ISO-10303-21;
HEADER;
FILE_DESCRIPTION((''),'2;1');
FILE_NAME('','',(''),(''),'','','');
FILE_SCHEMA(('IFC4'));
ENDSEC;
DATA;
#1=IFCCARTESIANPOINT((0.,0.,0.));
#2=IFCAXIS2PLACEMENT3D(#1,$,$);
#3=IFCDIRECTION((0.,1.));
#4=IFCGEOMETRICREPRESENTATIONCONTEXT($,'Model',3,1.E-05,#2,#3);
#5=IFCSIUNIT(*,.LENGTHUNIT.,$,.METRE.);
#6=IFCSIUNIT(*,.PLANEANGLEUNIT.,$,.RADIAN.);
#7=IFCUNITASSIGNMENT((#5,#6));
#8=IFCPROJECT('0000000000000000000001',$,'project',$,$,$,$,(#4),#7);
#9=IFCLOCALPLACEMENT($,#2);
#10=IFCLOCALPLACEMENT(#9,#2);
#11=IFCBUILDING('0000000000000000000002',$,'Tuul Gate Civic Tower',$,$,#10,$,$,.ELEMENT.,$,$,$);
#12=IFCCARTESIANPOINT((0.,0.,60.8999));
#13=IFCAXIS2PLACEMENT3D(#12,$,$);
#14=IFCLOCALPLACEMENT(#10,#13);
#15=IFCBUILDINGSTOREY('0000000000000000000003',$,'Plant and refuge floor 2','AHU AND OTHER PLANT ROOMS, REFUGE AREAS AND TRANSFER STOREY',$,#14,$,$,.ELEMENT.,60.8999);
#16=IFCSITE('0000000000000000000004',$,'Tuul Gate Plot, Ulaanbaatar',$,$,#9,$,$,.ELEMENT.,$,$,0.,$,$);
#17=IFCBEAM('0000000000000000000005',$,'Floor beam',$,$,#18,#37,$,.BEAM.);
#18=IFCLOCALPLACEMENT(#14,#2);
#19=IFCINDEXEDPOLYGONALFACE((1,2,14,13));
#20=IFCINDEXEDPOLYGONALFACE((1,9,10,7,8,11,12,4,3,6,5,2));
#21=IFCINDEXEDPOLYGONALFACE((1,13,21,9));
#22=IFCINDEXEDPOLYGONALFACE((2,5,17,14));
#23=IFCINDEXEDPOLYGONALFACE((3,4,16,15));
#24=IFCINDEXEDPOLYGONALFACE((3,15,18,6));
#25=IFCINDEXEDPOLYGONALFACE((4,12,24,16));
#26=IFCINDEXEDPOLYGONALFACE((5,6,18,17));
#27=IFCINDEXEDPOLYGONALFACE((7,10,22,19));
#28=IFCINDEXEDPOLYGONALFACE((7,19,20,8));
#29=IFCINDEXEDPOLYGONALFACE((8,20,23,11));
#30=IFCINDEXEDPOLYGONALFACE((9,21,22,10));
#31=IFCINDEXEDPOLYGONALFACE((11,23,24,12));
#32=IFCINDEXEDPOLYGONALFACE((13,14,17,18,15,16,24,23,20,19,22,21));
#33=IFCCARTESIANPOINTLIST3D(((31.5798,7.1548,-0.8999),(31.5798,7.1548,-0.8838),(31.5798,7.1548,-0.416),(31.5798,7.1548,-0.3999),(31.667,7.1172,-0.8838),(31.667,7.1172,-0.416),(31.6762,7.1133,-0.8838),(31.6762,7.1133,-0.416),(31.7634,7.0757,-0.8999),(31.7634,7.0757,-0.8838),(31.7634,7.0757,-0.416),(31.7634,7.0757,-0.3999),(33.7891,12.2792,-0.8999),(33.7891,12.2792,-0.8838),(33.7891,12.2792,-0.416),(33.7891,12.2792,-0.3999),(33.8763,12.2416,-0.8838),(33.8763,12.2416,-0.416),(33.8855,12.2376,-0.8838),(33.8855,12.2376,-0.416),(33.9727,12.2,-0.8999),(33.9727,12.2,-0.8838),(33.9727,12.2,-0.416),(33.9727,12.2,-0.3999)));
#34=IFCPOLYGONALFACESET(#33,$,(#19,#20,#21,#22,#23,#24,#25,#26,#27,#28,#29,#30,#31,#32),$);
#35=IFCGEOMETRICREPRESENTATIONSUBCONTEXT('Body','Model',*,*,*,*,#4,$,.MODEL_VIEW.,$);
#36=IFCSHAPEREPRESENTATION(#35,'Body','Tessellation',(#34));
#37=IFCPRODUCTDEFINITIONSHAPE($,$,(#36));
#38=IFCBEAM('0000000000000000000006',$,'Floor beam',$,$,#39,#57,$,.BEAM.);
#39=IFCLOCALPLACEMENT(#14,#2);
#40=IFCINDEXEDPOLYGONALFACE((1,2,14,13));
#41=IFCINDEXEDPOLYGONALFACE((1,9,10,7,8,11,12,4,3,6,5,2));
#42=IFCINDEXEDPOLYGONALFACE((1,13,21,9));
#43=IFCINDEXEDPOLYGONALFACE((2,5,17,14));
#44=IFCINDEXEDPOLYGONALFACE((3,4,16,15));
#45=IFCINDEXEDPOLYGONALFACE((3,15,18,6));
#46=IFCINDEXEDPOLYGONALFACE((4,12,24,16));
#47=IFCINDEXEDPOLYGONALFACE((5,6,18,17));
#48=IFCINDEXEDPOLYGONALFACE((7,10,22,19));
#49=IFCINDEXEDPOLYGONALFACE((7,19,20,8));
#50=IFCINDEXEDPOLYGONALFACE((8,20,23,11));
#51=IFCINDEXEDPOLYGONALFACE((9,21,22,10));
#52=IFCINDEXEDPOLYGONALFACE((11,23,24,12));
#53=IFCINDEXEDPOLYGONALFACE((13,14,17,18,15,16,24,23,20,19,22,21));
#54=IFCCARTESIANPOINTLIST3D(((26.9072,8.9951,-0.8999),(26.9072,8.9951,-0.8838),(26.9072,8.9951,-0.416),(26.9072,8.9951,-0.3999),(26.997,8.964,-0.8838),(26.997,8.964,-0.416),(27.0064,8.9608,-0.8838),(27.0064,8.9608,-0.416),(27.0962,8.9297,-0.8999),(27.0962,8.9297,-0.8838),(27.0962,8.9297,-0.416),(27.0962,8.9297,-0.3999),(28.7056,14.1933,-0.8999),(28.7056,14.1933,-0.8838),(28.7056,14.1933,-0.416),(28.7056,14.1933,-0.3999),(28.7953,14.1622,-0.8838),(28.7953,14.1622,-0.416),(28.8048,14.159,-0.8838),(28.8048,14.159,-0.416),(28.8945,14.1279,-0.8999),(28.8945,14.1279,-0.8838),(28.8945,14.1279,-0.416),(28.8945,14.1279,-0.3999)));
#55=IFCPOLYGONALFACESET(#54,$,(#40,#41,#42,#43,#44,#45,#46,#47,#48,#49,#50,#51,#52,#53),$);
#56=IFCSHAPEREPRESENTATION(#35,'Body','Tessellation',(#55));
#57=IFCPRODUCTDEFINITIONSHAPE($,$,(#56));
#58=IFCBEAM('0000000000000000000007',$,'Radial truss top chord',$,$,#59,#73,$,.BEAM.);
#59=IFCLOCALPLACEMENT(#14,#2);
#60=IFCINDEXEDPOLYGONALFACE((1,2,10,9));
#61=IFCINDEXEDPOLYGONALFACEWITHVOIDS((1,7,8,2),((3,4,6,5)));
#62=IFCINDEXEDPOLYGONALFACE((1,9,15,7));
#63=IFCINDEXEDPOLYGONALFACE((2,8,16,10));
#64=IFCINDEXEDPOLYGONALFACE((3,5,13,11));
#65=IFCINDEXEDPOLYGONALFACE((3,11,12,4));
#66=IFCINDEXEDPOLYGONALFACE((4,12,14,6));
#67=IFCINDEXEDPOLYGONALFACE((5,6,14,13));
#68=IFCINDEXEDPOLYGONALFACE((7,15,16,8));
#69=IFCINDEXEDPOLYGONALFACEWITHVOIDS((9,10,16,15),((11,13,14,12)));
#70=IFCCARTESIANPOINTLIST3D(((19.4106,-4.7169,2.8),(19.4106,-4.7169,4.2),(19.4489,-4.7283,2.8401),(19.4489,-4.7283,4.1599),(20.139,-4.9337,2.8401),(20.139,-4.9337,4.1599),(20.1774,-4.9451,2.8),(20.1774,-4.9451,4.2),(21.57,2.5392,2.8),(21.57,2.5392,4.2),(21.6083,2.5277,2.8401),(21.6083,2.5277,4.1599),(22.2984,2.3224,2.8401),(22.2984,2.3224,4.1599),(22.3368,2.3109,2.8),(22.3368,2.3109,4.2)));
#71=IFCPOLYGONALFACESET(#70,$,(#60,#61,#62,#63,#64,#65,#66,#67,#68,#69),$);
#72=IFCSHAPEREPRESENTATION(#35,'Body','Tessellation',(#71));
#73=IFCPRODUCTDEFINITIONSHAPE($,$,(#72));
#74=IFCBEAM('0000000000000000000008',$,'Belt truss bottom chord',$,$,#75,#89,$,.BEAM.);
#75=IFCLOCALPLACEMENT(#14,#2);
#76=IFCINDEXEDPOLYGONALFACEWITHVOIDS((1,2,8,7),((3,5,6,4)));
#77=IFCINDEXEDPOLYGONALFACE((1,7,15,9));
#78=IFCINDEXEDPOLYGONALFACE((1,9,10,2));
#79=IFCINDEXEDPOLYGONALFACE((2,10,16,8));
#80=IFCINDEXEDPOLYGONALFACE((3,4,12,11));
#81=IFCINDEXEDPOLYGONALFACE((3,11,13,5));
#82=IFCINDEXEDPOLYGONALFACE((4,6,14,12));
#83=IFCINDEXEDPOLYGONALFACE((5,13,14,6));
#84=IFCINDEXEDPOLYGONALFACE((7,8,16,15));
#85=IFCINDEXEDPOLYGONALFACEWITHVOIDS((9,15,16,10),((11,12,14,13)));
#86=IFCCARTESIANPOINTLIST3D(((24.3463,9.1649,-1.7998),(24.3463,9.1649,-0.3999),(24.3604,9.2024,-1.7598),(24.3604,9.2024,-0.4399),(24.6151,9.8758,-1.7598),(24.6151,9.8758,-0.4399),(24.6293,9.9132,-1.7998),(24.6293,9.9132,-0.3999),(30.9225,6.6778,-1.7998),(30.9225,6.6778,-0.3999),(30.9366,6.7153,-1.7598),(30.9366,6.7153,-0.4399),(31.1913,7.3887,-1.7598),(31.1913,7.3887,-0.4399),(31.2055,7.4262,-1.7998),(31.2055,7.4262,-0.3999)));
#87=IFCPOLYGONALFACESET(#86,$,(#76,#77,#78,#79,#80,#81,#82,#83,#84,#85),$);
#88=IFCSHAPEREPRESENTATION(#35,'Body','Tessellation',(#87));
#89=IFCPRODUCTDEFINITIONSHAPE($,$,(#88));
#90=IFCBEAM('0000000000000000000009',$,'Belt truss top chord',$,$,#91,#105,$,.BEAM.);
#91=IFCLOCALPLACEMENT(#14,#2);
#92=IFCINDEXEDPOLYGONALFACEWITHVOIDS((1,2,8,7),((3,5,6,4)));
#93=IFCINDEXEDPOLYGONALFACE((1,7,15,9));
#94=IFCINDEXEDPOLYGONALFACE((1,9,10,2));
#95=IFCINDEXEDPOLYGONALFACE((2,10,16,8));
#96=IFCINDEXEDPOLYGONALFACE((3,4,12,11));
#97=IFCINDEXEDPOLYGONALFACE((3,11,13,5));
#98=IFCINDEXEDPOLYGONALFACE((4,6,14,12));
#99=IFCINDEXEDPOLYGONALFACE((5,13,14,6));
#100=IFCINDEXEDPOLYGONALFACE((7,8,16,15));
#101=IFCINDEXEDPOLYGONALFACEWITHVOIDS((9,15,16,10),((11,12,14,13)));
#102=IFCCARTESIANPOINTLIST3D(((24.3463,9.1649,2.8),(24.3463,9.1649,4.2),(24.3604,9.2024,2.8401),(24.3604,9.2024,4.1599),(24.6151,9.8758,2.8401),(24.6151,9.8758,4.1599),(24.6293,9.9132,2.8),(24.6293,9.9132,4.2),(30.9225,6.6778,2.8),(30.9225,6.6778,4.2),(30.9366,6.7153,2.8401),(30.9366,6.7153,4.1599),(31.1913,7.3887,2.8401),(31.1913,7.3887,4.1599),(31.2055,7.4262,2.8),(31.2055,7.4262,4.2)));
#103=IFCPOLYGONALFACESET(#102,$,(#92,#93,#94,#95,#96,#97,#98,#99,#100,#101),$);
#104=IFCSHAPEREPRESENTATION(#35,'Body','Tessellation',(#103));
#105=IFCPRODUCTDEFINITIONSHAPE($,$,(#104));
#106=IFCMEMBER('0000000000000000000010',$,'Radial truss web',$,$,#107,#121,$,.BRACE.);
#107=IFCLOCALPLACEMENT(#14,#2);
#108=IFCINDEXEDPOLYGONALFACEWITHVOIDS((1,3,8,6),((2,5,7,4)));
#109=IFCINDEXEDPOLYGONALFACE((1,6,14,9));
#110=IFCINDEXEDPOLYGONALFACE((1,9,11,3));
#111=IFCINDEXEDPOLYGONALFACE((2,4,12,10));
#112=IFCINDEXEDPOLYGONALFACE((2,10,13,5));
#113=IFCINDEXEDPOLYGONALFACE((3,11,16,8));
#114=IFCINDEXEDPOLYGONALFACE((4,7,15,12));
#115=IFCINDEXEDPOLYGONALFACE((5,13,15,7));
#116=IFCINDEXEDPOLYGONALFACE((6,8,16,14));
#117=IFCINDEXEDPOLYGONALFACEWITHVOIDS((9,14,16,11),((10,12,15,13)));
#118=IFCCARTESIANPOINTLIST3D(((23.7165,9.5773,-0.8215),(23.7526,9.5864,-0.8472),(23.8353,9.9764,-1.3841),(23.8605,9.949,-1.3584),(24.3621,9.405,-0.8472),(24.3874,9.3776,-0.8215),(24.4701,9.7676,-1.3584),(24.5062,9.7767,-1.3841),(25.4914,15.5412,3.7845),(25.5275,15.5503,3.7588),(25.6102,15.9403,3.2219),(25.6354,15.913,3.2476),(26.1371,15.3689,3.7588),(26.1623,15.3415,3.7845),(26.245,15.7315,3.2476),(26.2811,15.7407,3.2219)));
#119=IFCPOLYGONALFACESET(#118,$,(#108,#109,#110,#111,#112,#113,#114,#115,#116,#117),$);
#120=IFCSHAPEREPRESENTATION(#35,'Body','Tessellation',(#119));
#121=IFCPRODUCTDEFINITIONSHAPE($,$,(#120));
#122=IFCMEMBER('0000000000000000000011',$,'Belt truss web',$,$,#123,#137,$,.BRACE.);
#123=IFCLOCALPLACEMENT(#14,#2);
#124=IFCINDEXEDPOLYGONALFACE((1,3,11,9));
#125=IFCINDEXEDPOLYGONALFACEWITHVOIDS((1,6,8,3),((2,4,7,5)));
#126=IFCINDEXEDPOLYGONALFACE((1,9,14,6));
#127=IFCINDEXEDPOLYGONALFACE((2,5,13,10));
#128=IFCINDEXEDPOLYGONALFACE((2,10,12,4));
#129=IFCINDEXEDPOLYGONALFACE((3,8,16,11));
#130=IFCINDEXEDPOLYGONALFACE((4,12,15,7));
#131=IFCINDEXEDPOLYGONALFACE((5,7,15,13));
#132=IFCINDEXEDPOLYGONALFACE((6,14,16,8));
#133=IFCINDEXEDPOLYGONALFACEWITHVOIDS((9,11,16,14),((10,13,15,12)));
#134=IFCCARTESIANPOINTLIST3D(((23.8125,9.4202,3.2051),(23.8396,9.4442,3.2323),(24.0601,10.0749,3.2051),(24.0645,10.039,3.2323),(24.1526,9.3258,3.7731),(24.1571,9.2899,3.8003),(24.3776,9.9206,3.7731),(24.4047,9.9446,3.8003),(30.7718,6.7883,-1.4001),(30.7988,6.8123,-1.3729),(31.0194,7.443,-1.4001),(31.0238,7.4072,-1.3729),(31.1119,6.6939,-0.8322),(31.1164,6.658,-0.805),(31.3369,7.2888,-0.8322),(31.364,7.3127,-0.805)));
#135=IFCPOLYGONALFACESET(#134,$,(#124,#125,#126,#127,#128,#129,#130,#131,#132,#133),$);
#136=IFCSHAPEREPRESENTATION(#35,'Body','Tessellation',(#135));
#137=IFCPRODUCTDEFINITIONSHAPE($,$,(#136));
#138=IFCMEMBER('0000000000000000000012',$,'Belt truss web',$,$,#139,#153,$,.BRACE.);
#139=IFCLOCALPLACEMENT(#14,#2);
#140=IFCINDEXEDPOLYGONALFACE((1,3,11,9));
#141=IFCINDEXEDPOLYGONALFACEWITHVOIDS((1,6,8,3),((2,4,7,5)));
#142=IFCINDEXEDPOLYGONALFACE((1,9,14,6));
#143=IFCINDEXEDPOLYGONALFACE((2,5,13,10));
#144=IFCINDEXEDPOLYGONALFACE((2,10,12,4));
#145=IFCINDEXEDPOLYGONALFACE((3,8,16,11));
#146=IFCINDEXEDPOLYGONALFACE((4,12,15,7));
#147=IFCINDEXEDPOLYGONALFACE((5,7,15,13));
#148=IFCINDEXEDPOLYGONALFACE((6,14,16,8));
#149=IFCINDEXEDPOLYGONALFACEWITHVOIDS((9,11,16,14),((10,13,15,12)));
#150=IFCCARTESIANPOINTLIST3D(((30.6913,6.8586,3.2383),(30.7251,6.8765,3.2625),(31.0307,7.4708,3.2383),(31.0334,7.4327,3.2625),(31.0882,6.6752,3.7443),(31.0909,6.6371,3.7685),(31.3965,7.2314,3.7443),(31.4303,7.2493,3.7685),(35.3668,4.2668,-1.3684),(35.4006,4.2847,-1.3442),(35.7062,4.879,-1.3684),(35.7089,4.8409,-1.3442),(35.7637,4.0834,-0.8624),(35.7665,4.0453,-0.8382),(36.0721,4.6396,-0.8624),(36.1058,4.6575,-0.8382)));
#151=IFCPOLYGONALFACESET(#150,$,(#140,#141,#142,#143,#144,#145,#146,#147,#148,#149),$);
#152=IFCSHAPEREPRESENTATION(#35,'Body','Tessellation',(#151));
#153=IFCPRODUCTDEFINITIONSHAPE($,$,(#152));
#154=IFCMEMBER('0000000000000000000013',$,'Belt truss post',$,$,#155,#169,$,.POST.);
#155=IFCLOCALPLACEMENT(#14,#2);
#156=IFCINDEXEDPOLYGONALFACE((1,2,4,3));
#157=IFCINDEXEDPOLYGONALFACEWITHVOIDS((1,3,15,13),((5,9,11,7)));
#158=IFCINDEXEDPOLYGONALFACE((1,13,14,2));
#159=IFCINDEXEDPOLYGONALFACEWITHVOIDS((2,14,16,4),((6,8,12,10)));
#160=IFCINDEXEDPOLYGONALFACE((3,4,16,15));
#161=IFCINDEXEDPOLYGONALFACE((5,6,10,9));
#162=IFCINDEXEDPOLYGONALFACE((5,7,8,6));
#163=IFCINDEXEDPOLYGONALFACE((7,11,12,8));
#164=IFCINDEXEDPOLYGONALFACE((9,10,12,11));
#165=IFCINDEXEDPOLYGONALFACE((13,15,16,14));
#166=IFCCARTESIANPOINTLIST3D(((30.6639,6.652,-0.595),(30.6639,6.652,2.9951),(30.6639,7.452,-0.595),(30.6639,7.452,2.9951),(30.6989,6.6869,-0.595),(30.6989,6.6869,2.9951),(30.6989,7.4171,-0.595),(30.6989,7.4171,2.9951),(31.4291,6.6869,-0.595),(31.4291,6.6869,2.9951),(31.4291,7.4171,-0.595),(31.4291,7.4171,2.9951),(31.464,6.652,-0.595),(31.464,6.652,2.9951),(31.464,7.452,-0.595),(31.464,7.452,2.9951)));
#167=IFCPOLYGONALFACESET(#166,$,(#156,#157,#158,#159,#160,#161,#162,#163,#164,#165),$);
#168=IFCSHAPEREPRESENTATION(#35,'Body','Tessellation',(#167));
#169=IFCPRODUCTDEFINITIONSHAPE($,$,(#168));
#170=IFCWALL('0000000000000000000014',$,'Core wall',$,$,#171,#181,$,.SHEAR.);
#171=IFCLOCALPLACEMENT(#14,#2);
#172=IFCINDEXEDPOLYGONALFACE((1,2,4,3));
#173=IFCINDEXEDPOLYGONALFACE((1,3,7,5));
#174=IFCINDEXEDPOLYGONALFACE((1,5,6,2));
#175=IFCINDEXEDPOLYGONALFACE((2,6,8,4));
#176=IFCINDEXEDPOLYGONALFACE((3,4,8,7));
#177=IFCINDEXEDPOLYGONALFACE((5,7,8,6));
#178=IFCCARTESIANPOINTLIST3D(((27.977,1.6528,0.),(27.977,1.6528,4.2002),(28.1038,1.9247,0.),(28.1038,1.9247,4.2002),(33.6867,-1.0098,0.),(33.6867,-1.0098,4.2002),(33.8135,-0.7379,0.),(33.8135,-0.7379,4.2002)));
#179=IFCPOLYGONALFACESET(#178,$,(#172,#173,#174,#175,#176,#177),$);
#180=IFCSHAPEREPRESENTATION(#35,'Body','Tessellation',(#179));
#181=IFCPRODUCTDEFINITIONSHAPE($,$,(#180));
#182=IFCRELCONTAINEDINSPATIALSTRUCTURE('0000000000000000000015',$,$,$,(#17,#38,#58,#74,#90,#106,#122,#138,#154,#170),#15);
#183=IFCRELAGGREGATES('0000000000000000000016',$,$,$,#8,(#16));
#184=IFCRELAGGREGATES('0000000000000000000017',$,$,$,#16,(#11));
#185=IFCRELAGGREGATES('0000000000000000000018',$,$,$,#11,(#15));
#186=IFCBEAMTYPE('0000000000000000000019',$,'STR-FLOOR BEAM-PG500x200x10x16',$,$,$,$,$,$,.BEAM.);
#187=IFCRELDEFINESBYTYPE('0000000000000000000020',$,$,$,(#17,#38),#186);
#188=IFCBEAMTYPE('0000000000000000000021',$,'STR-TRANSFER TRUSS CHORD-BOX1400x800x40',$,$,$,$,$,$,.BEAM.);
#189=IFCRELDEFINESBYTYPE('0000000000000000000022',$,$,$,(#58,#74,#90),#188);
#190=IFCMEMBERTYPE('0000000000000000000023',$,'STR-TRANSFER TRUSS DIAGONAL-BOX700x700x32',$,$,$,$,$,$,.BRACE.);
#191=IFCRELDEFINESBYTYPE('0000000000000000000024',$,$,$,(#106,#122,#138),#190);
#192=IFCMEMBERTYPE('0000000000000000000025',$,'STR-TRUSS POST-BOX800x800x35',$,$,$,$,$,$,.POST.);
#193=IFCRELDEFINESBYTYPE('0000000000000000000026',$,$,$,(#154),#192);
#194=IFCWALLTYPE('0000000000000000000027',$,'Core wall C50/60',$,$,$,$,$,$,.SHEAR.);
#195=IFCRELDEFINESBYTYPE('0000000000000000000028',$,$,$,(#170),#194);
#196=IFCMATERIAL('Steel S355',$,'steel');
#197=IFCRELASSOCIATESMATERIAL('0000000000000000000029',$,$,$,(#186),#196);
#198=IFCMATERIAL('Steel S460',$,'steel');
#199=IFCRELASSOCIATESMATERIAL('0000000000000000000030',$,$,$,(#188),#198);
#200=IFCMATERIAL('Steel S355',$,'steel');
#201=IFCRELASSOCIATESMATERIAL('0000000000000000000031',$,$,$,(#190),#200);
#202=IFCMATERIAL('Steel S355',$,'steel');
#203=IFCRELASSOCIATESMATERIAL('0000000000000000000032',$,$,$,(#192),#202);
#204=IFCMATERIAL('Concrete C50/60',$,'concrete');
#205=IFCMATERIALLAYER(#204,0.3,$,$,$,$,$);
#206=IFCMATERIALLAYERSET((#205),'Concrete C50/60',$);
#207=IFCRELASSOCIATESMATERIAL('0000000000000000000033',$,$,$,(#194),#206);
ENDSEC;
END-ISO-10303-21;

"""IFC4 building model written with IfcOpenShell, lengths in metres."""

from ifc_helpers import new_model, si_unit, direction, frame, frame_2d, origin, origin_2d, place, context, subcontext, project, spatial, rectangle, hollow_rectangle, i_section, extrude, material, layer, layer_set, material_profile, profile_set, type_object, element, save


model = new_model("IFC4")

# Units and contexts
model_context = context("Model", 3, precision=1e-05, world=origin(), true_north=direction((0.0, 1.0)))
body_context = subcontext(model_context, "Body", "Model", "MODEL_VIEW")
ifc_project = project(units=[si_unit("LENGTHUNIT", "METRE"), si_unit("PLANEANGLEUNIT", "RADIAN")], contexts=[model_context])

# Site, building, storey
site_placement = place(None, origin())
site = spatial("IfcSite", under=ifc_project, at=site_placement, Name="Tuul Gate Plot, Ulaanbaatar", CompositionType="ELEMENT", RefElevation=0.0)
building_placement = place(site_placement, origin())
building = spatial("IfcBuilding", under=site, at=building_placement, Name="Tuul Gate Civic Tower", CompositionType="ELEMENT")
storey_placement = place(building_placement, frame((0.0, 0.0, 60.8999)))
storey = spatial("IfcBuildingStorey", under=building, at=storey_placement, Name="Plant and refuge floor 2", Description="AHU AND OTHER PLANT ROOMS, REFUGE AREAS AND TRANSFER STOREY", CompositionType="ELEMENT", Elevation=60.8999)

# Beams
ifc_material_1 = material(Name="Steel S355", Category="steel")
ifc_material_profile_1 = material_profile(ifc_material_1, i_section(OverallWidth=0.2, OverallDepth=0.5, WebThickness=0.01, FlangeThickness=0.0161, at=origin_2d()), Name="PG500x200x10x16")
ifc_profile_set_1 = profile_set([ifc_material_profile_1], Name="Steel S355")
beam_type_1 = type_object("IfcBeamType", Name="STR-FLOOR BEAM-PG500x200x10x16", PredefinedType="BEAM", material=ifc_profile_set_1)
beam_1_placement = place(storey_placement, frame((31.6716, 7.1152, -0.6499), z_axis=(0.395904, 0.918292, 0.0), x_axis=(-0.918292, 0.395904, 0.0)))
element("IfcBeam", 1, at=beam_1_placement, inside=storey, type_object=beam_type_1, Name="Floor beam", PredefinedType="BEAM", context=body_context, shape_type="SweptSolid", body=[
    extrude(i_section(OverallWidth=0.2, OverallDepth=0.5, WebThickness=0.01, FlangeThickness=0.0161, at=origin_2d()), origin(), (0.0, 0.0, 1.0), 5.5803),
])
beam_2_placement = place(storey_placement, frame((27.0017, 8.9624, -0.6499), z_axis=(0.32694, 0.945045, 0.0), x_axis=(-0.945045, 0.32694, 0.0)))
element("IfcBeam", 2, at=beam_2_placement, inside=storey, type_object=beam_type_1, Name="Floor beam", PredefinedType="BEAM", context=body_context, shape_type="SweptSolid", body=[
    extrude(i_section(OverallWidth=0.2, OverallDepth=0.5, WebThickness=0.01, FlangeThickness=0.0161, at=origin_2d()), origin(), (0.0, 0.0, 1.0), 5.5005),
])
ifc_material_2 = material(Name="Steel S460", Category="steel")
ifc_material_profile_2 = material_profile(ifc_material_2, hollow_rectangle(XDim=0.8, YDim=1.3999, WallThickness=0.04, at=origin_2d()), Name="BOX1400x800x40")
ifc_profile_set_2 = profile_set([ifc_material_profile_2], Name="Steel S460")
beam_type_2 = type_object("IfcBeamType", Name="STR-TRANSFER TRUSS CHORD-BOX1400x800x40", PredefinedType="BEAM", material=ifc_profile_set_2)
beam_3_placement = place(storey_placement, frame((21.9534, 2.425, 3.5), z_axis=(-0.285238, -0.958457, 0.0), x_axis=(0.958457, -0.285238, 0.0)))
element("IfcBeam", 3, at=beam_3_placement, inside=storey, type_object=beam_type_2, Name="Radial truss top chord", PredefinedType="BEAM", context=body_context, shape_type="SweptSolid", body=[
    extrude(hollow_rectangle(XDim=0.8, YDim=1.3999, WallThickness=0.04, at=origin_2d()), origin(), (0.0, 0.0, 1.0), 7.5706),
])
for number, where, z_axis, x_axis, name in (
    (4, (31.064, 7.052, -1.0999), (-0.935344, 0.35374, 0.0), (-0.35374, -0.935344, 0.0), "Belt truss bottom chord"),
    (5, (31.064, 7.052, 3.5), (-0.935344, 0.35374, 0.0), (-0.35374, -0.935344, 0.0), "Belt truss top chord"),
):
    element("IfcBeam", number, at=place(storey_placement, frame(where, z_axis=z_axis, x_axis=x_axis)), inside=storey, type_object=beam_type_2, Name=name, PredefinedType="BEAM", context=body_context, shape_type="SweptSolid", body=[
        extrude(hollow_rectangle(XDim=0.8, YDim=1.3999, WallThickness=0.04, at=origin_2d()), origin(), (0.0, 0.0, 1.0), 7.0308),
    ])

# Members
ifc_material_3 = material(Name="Steel S355", Category="steel")
ifc_material_profile_3 = material_profile(ifc_material_3, hollow_rectangle(XDim=0.7, YDim=0.7, WallThickness=0.032, at=origin_2d()), Name="BOX700x700x32")
ifc_profile_set_3 = profile_set([ifc_material_profile_3], Name="Steel S355")
member_type_1 = type_object("IfcMemberType", Name="STR-TRANSFER TRUSS DIAGONAL-BOX700x700x32", PredefinedType="BRACE", material=ifc_profile_set_3)
member_1_placement = place(storey_placement, frame((24.1113, 9.677, -1.1028), z_axis=(0.229267, 0.770363, 0.59496), x_axis=(-0.958455, 0.285245, 0.0)))
element("IfcMember", 6, at=member_1_placement, inside=storey, type_object=member_type_1, Name="Radial truss web", PredefinedType="BRACE", context=body_context, shape_type="SweptSolid", body=[
    extrude(hollow_rectangle(XDim=0.7, YDim=0.7, WallThickness=0.032, at=origin_2d()), origin(), (0.0, 0.0, 1.0), 7.7417),
])
member_2_placement = place(storey_placement, frame((31.0679, 7.0505, -1.1025), z_axis=(-0.795325, 0.300775, 0.526301), x_axis=(-0.353729, -0.935348, 0.0)))
element("IfcMember", 7, at=member_2_placement, inside=storey, type_object=member_type_1, Name="Belt truss web", PredefinedType="BRACE", context=body_context, shape_type="SweptSolid", body=[
    extrude(hollow_rectangle(XDim=0.7, YDim=0.7, WallThickness=0.032, at=origin_2d()), origin(), (0.0, 0.0, 1.0), 8.7502),
])
member_3_placement = place(storey_placement, frame((35.7363, 4.4622, -1.1033), z_axis=(-0.66255, 0.367272, 0.652793), x_axis=(-0.484825, -0.874611, 0.0)))
element("IfcMember", 8, at=member_3_placement, inside=storey, type_object=member_type_1, Name="Belt truss web", PredefinedType="BRACE", context=body_context, shape_type="SweptSolid", body=[
    extrude(hollow_rectangle(XDim=0.7, YDim=0.7, WallThickness=0.032, at=origin_2d()), origin(), (0.0, 0.0, 1.0), 7.0569),
])
ifc_material_4 = material(Name="Steel S355", Category="steel")
ifc_material_profile_4 = material_profile(ifc_material_4, hollow_rectangle(XDim=0.8, YDim=0.8, WallThickness=0.0349, at=origin_2d()), Name="BOX800x800x35")
ifc_profile_set_4 = profile_set([ifc_material_profile_4], Name="Steel S355")
member_type_2 = type_object("IfcMemberType", Name="STR-TRUSS POST-BOX800x800x35", PredefinedType="POST", material=ifc_profile_set_4)
member_4_placement = place(storey_placement, frame((31.064, 7.052, -0.595), z_axis=(0.0, 0.0, 1.0), x_axis=(1.0, 0.0, 0.0)))
element("IfcMember", 9, at=member_4_placement, inside=storey, type_object=member_type_2, Name="Belt truss post", PredefinedType="POST", context=body_context, shape_type="SweptSolid", body=[
    extrude(hollow_rectangle(XDim=0.8, YDim=0.8, WallThickness=0.0349, at=origin_2d()), origin(), (0.0, 0.0, 1.0), 3.5901),
])

# Wall
ifc_material_5 = material(Name="Concrete C50/60", Category="concrete")
ifc_layer_1 = layer(ifc_material_5, 0.3)
ifc_layer_set_1 = layer_set([ifc_layer_1], Name="Concrete C50/60")
wall_type_1 = type_object("IfcWallType", Name="Core wall C50/60", PredefinedType="SHEAR", material=ifc_layer_set_1)
wall_1_placement = place(storey_placement, frame((33.75, -0.8738, 0.0), z_axis=(0.0, 0.0, 1.0), x_axis=(-0.906301, 0.422633, 0.0)))
element("IfcWall", 10, at=wall_1_placement, inside=storey, type_object=wall_type_1, Name="Core wall", PredefinedType="SHEAR", context=body_context, shape_type="SweptSolid", body=[
    extrude(rectangle(XDim=6.3, YDim=0.3, at=frame_2d((3.1499, 0.0))), origin(), (0.0, 0.0, 1.0), 4.2002),
])

save(model, "model.ifc")
